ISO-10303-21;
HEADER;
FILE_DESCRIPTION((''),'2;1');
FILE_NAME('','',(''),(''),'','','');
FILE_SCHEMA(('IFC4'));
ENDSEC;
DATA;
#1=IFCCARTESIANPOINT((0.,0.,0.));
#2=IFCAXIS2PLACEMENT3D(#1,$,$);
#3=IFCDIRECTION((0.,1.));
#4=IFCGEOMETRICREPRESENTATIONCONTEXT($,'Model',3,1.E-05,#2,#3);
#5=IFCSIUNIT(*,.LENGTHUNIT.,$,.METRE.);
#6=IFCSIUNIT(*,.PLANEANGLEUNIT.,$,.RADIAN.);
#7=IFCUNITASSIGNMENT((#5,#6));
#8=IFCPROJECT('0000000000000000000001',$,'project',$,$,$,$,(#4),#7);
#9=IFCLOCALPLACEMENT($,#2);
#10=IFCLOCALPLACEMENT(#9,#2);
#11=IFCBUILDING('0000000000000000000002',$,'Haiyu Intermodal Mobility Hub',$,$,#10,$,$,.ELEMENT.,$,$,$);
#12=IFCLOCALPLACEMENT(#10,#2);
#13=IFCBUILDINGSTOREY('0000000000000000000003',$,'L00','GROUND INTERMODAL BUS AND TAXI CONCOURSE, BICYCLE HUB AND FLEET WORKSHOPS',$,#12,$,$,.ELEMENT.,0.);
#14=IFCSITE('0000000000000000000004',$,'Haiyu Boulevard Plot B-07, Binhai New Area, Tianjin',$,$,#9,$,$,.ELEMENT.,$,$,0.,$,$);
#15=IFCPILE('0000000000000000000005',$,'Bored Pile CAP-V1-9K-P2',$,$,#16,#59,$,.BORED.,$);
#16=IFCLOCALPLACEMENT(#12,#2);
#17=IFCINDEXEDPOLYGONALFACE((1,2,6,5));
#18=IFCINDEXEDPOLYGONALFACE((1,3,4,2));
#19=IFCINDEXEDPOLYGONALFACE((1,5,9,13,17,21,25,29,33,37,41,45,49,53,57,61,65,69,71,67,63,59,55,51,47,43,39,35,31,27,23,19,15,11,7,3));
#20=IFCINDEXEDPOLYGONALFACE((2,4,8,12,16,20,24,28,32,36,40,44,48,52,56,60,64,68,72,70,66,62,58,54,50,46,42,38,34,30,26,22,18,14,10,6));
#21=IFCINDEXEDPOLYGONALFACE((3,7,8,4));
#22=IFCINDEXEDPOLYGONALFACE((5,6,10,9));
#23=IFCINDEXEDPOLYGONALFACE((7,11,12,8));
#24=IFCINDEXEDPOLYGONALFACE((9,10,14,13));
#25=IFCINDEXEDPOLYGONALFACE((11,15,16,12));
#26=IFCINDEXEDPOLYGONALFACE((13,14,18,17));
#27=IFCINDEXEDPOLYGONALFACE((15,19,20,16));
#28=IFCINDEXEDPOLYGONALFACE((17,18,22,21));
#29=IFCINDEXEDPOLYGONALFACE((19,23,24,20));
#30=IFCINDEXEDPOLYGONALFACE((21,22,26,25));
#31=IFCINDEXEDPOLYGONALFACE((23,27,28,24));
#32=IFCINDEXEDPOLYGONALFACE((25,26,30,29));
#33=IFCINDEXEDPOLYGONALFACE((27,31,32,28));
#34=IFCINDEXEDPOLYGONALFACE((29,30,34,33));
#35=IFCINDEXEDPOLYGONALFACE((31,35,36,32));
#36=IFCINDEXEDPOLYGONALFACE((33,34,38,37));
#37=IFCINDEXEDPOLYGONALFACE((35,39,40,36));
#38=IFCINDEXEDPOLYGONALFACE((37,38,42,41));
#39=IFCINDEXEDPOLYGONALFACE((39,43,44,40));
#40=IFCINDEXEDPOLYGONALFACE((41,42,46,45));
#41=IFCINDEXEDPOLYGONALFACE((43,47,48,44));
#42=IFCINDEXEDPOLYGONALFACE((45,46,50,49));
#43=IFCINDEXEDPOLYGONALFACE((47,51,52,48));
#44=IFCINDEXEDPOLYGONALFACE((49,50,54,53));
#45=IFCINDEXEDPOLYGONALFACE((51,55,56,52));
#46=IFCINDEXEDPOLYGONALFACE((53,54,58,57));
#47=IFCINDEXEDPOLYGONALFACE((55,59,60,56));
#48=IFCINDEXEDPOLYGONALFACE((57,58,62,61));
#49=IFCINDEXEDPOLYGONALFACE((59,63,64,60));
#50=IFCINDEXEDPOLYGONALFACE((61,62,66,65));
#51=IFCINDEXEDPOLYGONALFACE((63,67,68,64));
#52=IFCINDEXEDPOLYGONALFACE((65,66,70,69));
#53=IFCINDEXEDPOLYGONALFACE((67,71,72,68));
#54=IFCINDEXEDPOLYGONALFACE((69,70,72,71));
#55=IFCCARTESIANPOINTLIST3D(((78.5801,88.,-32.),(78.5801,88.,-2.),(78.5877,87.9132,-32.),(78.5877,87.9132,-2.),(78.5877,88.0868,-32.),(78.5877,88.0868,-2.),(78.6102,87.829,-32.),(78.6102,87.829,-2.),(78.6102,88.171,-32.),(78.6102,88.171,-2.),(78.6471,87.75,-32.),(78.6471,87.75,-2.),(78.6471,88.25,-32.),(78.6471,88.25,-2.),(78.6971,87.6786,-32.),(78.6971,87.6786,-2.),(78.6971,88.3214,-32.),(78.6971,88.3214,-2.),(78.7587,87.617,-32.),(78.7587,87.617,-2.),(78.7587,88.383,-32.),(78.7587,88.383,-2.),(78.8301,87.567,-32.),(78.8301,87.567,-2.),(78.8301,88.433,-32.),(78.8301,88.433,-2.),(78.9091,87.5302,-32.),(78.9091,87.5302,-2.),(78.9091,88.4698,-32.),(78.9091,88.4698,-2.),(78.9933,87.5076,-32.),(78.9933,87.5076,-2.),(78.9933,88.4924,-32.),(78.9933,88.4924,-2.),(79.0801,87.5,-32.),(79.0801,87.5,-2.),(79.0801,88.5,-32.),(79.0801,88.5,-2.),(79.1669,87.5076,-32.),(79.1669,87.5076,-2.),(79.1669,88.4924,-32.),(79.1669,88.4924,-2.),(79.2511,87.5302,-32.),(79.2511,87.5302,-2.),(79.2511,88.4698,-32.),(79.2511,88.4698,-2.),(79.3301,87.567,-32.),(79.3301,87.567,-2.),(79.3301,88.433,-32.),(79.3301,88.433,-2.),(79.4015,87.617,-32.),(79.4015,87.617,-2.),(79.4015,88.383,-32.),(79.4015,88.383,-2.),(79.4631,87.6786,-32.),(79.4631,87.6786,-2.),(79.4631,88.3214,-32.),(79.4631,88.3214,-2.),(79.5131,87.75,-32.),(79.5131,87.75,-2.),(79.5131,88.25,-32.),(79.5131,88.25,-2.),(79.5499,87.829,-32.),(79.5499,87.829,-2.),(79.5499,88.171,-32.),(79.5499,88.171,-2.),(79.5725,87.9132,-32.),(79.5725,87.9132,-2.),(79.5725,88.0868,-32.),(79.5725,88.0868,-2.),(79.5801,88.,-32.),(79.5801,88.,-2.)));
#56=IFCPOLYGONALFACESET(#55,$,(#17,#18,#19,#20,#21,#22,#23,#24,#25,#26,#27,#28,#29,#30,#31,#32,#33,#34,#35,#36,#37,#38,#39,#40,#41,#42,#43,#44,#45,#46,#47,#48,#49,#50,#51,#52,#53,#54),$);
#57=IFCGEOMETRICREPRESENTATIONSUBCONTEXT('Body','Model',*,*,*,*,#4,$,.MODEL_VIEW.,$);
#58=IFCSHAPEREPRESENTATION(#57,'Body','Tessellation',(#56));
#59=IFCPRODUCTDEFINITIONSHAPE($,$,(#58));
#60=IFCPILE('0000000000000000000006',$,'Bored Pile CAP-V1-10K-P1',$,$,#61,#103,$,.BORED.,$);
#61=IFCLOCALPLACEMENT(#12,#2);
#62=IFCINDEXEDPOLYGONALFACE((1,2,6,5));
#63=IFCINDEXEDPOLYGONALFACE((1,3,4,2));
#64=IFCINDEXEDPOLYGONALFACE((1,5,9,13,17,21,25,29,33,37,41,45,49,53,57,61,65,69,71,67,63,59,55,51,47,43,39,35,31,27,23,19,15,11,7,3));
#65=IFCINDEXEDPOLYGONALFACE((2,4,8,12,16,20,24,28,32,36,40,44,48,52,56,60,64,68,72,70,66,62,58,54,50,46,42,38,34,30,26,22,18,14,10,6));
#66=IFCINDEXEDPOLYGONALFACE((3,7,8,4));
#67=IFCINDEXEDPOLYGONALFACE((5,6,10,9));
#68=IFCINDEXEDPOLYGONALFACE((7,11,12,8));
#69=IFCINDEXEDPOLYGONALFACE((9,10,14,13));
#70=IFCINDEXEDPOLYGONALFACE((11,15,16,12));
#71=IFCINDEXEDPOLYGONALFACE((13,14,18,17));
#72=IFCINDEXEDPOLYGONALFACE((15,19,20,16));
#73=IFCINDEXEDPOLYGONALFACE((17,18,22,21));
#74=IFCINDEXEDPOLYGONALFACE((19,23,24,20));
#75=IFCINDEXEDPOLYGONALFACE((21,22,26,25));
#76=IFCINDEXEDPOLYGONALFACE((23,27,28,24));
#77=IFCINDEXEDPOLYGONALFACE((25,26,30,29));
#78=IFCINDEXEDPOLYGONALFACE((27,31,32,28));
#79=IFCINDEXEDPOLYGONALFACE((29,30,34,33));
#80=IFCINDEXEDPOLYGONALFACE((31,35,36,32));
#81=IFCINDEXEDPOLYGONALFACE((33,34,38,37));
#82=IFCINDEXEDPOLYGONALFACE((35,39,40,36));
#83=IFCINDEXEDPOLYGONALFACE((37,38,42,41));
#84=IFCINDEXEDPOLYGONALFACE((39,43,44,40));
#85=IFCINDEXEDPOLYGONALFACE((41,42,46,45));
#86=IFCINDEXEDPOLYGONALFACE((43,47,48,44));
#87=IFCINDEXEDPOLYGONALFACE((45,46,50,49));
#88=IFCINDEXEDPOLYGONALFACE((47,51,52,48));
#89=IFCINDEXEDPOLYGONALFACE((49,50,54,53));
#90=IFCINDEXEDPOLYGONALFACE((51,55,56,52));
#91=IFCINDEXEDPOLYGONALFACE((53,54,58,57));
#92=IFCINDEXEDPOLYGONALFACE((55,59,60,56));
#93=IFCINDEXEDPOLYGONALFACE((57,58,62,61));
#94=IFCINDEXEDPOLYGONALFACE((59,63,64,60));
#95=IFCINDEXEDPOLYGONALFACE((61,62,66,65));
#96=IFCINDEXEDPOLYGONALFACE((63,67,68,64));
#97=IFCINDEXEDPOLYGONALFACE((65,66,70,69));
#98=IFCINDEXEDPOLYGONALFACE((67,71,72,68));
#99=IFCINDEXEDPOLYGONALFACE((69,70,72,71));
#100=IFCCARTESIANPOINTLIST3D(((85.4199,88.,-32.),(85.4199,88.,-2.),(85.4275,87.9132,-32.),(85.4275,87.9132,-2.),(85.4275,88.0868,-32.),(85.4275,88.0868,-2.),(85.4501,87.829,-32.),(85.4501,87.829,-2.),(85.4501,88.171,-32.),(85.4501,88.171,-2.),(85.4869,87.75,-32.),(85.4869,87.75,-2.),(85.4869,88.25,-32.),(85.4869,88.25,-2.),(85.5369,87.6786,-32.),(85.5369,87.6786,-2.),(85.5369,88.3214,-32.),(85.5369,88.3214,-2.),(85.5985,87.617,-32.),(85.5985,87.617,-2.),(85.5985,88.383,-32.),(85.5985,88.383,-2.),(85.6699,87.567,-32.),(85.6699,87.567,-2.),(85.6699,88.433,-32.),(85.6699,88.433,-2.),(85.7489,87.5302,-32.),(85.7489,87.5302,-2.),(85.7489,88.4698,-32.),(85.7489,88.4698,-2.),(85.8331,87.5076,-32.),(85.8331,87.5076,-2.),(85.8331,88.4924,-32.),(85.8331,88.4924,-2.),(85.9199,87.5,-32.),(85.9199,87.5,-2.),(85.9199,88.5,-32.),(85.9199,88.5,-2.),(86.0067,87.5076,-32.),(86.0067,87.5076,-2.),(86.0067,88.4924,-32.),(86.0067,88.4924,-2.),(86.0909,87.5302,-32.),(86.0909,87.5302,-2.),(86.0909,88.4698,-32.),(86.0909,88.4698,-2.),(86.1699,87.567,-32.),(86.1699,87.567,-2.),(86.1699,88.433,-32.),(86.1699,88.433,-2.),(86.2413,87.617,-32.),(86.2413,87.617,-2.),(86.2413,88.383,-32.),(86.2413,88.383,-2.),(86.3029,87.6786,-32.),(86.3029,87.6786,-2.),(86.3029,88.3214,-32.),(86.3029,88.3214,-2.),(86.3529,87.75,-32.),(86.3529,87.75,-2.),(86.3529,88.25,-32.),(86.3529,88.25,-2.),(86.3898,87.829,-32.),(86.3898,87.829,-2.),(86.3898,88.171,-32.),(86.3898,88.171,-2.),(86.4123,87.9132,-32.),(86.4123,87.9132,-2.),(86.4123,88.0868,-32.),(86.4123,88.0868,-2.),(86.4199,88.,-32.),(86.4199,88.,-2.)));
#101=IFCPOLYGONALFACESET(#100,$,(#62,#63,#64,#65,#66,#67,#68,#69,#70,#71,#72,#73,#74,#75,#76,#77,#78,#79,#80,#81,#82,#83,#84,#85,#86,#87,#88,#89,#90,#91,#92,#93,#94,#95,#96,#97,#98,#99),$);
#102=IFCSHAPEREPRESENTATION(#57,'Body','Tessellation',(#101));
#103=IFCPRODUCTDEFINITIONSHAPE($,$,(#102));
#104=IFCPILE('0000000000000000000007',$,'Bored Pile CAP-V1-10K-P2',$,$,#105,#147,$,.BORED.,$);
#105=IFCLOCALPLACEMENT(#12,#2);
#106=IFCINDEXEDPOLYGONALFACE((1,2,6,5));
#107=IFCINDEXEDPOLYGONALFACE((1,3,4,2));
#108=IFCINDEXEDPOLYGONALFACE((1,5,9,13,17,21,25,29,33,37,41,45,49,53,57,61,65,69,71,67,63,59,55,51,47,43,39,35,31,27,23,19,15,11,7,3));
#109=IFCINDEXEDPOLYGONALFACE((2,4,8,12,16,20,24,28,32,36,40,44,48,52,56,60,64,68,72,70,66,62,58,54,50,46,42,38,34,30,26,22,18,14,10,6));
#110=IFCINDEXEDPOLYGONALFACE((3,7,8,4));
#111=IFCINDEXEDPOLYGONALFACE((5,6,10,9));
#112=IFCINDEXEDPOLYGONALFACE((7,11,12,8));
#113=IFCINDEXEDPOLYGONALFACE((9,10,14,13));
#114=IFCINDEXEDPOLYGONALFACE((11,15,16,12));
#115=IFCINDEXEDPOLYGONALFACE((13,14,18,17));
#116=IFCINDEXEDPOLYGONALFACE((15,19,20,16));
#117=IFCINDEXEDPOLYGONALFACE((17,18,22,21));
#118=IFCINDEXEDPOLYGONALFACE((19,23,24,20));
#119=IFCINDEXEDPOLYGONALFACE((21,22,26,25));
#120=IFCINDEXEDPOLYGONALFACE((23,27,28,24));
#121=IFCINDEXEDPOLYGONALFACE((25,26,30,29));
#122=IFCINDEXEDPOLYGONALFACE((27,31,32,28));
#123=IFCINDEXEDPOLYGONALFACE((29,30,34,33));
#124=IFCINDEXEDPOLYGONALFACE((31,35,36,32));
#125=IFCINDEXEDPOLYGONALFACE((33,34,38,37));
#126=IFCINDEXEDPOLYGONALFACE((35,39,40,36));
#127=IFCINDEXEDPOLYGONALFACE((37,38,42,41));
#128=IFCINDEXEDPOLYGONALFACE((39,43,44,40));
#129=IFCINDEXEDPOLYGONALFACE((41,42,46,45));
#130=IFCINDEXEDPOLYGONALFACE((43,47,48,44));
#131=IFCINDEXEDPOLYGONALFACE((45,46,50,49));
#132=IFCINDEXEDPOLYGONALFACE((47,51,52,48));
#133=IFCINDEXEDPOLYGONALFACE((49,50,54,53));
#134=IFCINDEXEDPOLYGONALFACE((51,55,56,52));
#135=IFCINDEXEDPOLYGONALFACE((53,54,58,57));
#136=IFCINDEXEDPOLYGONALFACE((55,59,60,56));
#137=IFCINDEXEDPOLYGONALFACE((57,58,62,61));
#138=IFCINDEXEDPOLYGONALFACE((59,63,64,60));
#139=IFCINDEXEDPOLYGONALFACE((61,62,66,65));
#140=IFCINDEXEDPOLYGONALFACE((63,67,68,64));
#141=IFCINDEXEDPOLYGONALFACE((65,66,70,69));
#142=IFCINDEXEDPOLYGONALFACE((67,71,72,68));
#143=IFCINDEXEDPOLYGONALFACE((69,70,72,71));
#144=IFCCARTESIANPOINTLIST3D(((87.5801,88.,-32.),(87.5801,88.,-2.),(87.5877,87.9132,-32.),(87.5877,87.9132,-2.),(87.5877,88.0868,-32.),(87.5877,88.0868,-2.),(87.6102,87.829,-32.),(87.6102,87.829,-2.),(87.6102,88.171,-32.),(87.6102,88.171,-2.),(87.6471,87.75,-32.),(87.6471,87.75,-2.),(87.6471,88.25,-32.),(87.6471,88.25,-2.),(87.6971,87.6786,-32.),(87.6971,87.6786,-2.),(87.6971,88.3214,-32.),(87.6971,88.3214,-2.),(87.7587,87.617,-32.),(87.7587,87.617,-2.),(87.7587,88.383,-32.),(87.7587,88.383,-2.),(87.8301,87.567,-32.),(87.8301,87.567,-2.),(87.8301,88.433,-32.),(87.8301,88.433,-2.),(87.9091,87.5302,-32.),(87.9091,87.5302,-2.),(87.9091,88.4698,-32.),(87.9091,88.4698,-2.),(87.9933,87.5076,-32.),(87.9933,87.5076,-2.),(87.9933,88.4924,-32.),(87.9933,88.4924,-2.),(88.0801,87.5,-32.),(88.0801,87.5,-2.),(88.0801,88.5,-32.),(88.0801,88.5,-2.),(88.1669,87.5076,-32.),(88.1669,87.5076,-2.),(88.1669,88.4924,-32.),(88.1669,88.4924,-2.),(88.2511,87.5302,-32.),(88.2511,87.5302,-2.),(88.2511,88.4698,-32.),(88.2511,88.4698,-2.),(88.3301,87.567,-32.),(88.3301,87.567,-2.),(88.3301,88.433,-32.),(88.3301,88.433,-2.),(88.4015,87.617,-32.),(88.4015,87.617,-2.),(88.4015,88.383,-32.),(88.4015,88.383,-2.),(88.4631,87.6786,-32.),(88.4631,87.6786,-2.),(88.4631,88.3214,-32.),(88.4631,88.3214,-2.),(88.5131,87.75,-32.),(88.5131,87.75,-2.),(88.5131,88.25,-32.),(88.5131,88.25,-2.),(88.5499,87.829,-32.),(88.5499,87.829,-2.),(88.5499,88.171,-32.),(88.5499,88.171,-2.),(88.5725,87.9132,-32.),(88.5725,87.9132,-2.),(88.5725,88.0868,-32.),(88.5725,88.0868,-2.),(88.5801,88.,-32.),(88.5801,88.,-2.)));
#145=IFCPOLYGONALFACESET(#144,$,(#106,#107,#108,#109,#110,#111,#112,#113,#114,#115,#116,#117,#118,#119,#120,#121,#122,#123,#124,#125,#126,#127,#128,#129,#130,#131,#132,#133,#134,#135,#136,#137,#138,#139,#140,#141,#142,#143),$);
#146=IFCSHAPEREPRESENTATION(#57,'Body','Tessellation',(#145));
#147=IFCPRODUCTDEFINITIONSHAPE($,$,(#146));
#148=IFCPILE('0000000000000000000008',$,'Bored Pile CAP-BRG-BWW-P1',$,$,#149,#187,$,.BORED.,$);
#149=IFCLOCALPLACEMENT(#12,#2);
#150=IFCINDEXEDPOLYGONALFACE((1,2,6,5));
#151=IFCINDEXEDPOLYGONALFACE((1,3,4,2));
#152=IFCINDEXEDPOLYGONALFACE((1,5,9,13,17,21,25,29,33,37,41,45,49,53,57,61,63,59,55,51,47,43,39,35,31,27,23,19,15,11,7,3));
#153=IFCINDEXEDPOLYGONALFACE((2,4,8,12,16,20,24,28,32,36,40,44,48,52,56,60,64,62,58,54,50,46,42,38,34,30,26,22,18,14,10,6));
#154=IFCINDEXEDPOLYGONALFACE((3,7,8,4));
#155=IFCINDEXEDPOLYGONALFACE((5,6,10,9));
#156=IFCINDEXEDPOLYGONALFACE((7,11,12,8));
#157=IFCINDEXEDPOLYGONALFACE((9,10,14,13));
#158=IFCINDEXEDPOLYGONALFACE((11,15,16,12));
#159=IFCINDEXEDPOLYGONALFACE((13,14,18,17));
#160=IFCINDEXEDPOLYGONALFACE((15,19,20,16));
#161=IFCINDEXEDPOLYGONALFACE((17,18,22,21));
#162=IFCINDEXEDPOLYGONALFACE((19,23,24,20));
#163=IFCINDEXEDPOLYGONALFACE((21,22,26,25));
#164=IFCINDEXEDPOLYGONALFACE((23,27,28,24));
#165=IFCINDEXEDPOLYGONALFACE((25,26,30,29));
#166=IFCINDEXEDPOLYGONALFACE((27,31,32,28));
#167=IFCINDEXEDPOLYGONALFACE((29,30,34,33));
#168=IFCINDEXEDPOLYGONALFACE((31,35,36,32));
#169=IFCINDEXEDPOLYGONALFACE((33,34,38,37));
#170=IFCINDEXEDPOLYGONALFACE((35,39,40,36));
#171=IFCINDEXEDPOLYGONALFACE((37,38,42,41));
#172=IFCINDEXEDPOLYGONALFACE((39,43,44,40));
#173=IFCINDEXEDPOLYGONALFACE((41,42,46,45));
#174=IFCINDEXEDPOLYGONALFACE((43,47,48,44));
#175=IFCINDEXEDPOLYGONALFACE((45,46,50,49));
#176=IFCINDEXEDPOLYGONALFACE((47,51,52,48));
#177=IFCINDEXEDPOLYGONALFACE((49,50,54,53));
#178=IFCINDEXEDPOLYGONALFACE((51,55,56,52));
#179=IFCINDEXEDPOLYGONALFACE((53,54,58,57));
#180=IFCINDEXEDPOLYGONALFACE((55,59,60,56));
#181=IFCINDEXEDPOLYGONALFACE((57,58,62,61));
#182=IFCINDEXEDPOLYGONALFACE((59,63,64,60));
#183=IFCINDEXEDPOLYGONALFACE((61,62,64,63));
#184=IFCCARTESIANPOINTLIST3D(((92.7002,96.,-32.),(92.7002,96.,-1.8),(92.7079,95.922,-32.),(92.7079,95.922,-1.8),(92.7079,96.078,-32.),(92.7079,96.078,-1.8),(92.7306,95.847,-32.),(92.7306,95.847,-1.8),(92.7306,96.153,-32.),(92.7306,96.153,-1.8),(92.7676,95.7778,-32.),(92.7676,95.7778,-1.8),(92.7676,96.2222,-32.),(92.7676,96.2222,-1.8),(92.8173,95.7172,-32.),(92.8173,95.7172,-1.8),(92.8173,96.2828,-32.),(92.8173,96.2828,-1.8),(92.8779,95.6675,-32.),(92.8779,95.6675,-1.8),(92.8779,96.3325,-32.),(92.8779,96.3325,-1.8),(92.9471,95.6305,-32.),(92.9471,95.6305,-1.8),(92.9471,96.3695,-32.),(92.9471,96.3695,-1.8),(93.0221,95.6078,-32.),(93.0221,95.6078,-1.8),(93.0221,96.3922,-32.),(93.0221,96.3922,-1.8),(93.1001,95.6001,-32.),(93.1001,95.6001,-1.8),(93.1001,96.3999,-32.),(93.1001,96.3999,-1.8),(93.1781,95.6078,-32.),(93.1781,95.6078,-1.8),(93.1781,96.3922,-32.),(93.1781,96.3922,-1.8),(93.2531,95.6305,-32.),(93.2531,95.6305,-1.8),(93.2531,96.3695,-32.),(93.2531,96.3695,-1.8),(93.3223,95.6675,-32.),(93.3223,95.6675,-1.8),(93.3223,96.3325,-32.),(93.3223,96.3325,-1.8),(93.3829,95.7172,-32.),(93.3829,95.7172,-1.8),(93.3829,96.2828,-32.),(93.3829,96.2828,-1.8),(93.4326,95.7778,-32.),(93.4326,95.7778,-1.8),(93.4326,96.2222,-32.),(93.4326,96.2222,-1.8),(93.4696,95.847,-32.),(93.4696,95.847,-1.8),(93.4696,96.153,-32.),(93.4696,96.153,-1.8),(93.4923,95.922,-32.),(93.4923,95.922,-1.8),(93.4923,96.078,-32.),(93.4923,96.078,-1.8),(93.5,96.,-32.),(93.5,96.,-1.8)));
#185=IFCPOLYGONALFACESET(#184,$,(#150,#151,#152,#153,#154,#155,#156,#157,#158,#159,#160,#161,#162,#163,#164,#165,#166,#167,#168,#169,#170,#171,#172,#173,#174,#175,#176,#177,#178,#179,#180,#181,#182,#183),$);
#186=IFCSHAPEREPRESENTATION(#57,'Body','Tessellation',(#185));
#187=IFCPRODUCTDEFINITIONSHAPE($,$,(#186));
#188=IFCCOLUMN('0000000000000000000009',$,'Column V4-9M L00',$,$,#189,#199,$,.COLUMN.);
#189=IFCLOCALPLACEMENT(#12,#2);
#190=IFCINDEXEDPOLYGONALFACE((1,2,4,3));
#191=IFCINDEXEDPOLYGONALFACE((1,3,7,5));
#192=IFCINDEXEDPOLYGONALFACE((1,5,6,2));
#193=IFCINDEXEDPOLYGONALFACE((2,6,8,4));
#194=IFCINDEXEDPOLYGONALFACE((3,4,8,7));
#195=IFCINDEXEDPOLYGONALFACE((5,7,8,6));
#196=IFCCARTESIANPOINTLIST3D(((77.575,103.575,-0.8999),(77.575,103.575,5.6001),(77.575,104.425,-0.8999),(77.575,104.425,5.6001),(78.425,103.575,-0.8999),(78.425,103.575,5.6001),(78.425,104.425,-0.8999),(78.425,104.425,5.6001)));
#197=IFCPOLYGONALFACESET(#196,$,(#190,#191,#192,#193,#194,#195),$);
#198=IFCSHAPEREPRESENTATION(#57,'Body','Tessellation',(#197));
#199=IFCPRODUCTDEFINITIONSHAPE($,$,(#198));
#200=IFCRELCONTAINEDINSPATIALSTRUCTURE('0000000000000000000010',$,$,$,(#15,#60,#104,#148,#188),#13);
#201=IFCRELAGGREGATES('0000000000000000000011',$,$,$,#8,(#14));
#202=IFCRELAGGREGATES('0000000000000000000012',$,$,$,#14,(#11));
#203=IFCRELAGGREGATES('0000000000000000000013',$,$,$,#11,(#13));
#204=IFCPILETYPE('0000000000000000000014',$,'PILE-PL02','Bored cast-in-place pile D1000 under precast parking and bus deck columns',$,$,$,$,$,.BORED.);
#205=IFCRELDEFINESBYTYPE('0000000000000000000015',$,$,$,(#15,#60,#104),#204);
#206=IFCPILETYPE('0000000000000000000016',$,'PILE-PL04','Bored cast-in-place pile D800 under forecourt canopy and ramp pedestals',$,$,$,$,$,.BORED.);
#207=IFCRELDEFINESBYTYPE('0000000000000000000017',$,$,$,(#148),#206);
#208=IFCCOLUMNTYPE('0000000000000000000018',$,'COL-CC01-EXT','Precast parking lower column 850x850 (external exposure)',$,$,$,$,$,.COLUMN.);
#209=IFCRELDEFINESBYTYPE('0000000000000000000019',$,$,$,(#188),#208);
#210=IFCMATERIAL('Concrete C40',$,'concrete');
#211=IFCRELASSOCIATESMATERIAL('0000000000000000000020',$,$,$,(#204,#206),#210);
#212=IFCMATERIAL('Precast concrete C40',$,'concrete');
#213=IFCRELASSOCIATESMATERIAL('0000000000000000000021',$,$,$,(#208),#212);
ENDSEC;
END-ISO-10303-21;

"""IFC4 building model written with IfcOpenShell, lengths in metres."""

from ifc_helpers import new_model, si_unit, direction, frame, origin, origin_2d, place, context, subcontext, project, spatial, rectangle, circle, extrude, material, material_profile, profile_set, type_object, element, save


model = new_model("IFC4")

# Units and contexts
model_context = context("Model", 3, precision=1e-05, world=origin(), true_north=direction((0.0, 1.0)))
body_context = subcontext(model_context, "Body", "Model", "MODEL_VIEW")
ifc_project = project(units=[si_unit("LENGTHUNIT", "METRE"), si_unit("PLANEANGLEUNIT", "RADIAN")], contexts=[model_context])

# Site, building, storey
site_placement = place(None, origin())
site = spatial("IfcSite", under=ifc_project, at=site_placement, Name="Haiyu Boulevard Plot B-07, Binhai New Area, Tianjin", CompositionType="ELEMENT", RefElevation=0.0)
building_placement = place(site_placement, origin())
building = spatial("IfcBuilding", under=site, at=building_placement, Name="Haiyu Intermodal Mobility Hub", CompositionType="ELEMENT")
storey_placement = place(building_placement, origin())
storey = spatial("IfcBuildingStorey", under=building, at=storey_placement, Name="L00", Description="GROUND INTERMODAL BUS AND TAXI CONCOURSE, BICYCLE HUB AND FLEET WORKSHOPS", CompositionType="ELEMENT", Elevation=0.0)

# Shared definitions
ifc_material_1 = material(Name="Concrete C40", Category="concrete")

# Piles
ifc_material_profile_1 = material_profile(ifc_material_1, circle(Radius=0.5, at=origin_2d()), Name="PILE-D1000")
ifc_profile_set_1 = profile_set([ifc_material_profile_1], Name="Concrete C40")
pile_type_1 = type_object("IfcPileType", Name="PILE-PL02", Description="Bored cast-in-place pile D1000 under precast parking and bus deck columns", PredefinedType="BORED", material=ifc_profile_set_1)
for number, where, z_axis, x_axis, name in (
    (1, (79.0801, 88.0, -2.0), (0.0, 0.0, -1.0), (1.0, 0.0, 0.0), "Bored Pile CAP-V1-9K-P2"),
    (2, (85.9199, 88.0, -2.0), (0.0, 0.0, -1.0), (1.0, 0.0, 0.0), "Bored Pile CAP-V1-10K-P1"),
    (3, (88.0801, 88.0, -2.0), (0.0, 0.0, -1.0), (1.0, 0.0, 0.0), "Bored Pile CAP-V1-10K-P2"),
):
    element("IfcPile", number, at=place(storey_placement, frame(where, z_axis=z_axis, x_axis=x_axis)), inside=storey, type_object=pile_type_1, Name=name, PredefinedType="BORED", context=body_context, shape_type="SweptSolid", body=[
        extrude(circle(Radius=0.5, at=origin_2d()), origin(), (0.0, 0.0, 1.0), 30.0),
    ])
ifc_material_profile_2 = material_profile(ifc_material_1, circle(Radius=0.3999, at=origin_2d()), Name="PILE-D800")
ifc_profile_set_2 = profile_set([ifc_material_profile_2], Name="Concrete C40")
pile_type_2 = type_object("IfcPileType", Name="PILE-PL04", Description="Bored cast-in-place pile D800 under forecourt canopy and ramp pedestals", PredefinedType="BORED", material=ifc_profile_set_2)
pile_1_placement = place(storey_placement, frame((93.1001, 96.0, -1.8), z_axis=(0.0, 0.0, -1.0), x_axis=(1.0, 0.0, 0.0)))
element("IfcPile", 4, at=pile_1_placement, inside=storey, type_object=pile_type_2, Name="Bored Pile CAP-BRG-BWW-P1", PredefinedType="BORED", context=body_context, shape_type="SweptSolid", body=[
    extrude(circle(Radius=0.3999, at=origin_2d()), origin(), (0.0, 0.0, 1.0), 30.2),
])

# Column
ifc_material_2 = material(Name="Precast concrete C40", Category="concrete")
ifc_material_profile_3 = material_profile(ifc_material_2, rectangle(XDim=0.8501, YDim=0.8501, at=origin_2d()), Name="RC850x850")
ifc_profile_set_3 = profile_set([ifc_material_profile_3], Name="Precast concrete C40")
column_type_1 = type_object("IfcColumnType", Name="COL-CC01-EXT", Description="Precast parking lower column 850x850 (external exposure)", PredefinedType="COLUMN", material=ifc_profile_set_3)
column_1_placement = place(storey_placement, frame((78.0, 104.0, -0.8999), z_axis=(0.0, 0.0, 1.0), x_axis=(1.0, 0.0, 0.0)))
element("IfcColumn", 5, at=column_1_placement, inside=storey, type_object=column_type_1, Name="Column V4-9M L00", PredefinedType="COLUMN", context=body_context, shape_type="SweptSolid", body=[
    extrude(rectangle(XDim=0.8501, YDim=0.8501, at=origin_2d()), origin(), (0.0, 0.0, 1.0), 6.5),
])

save(model, "model.ifc")
